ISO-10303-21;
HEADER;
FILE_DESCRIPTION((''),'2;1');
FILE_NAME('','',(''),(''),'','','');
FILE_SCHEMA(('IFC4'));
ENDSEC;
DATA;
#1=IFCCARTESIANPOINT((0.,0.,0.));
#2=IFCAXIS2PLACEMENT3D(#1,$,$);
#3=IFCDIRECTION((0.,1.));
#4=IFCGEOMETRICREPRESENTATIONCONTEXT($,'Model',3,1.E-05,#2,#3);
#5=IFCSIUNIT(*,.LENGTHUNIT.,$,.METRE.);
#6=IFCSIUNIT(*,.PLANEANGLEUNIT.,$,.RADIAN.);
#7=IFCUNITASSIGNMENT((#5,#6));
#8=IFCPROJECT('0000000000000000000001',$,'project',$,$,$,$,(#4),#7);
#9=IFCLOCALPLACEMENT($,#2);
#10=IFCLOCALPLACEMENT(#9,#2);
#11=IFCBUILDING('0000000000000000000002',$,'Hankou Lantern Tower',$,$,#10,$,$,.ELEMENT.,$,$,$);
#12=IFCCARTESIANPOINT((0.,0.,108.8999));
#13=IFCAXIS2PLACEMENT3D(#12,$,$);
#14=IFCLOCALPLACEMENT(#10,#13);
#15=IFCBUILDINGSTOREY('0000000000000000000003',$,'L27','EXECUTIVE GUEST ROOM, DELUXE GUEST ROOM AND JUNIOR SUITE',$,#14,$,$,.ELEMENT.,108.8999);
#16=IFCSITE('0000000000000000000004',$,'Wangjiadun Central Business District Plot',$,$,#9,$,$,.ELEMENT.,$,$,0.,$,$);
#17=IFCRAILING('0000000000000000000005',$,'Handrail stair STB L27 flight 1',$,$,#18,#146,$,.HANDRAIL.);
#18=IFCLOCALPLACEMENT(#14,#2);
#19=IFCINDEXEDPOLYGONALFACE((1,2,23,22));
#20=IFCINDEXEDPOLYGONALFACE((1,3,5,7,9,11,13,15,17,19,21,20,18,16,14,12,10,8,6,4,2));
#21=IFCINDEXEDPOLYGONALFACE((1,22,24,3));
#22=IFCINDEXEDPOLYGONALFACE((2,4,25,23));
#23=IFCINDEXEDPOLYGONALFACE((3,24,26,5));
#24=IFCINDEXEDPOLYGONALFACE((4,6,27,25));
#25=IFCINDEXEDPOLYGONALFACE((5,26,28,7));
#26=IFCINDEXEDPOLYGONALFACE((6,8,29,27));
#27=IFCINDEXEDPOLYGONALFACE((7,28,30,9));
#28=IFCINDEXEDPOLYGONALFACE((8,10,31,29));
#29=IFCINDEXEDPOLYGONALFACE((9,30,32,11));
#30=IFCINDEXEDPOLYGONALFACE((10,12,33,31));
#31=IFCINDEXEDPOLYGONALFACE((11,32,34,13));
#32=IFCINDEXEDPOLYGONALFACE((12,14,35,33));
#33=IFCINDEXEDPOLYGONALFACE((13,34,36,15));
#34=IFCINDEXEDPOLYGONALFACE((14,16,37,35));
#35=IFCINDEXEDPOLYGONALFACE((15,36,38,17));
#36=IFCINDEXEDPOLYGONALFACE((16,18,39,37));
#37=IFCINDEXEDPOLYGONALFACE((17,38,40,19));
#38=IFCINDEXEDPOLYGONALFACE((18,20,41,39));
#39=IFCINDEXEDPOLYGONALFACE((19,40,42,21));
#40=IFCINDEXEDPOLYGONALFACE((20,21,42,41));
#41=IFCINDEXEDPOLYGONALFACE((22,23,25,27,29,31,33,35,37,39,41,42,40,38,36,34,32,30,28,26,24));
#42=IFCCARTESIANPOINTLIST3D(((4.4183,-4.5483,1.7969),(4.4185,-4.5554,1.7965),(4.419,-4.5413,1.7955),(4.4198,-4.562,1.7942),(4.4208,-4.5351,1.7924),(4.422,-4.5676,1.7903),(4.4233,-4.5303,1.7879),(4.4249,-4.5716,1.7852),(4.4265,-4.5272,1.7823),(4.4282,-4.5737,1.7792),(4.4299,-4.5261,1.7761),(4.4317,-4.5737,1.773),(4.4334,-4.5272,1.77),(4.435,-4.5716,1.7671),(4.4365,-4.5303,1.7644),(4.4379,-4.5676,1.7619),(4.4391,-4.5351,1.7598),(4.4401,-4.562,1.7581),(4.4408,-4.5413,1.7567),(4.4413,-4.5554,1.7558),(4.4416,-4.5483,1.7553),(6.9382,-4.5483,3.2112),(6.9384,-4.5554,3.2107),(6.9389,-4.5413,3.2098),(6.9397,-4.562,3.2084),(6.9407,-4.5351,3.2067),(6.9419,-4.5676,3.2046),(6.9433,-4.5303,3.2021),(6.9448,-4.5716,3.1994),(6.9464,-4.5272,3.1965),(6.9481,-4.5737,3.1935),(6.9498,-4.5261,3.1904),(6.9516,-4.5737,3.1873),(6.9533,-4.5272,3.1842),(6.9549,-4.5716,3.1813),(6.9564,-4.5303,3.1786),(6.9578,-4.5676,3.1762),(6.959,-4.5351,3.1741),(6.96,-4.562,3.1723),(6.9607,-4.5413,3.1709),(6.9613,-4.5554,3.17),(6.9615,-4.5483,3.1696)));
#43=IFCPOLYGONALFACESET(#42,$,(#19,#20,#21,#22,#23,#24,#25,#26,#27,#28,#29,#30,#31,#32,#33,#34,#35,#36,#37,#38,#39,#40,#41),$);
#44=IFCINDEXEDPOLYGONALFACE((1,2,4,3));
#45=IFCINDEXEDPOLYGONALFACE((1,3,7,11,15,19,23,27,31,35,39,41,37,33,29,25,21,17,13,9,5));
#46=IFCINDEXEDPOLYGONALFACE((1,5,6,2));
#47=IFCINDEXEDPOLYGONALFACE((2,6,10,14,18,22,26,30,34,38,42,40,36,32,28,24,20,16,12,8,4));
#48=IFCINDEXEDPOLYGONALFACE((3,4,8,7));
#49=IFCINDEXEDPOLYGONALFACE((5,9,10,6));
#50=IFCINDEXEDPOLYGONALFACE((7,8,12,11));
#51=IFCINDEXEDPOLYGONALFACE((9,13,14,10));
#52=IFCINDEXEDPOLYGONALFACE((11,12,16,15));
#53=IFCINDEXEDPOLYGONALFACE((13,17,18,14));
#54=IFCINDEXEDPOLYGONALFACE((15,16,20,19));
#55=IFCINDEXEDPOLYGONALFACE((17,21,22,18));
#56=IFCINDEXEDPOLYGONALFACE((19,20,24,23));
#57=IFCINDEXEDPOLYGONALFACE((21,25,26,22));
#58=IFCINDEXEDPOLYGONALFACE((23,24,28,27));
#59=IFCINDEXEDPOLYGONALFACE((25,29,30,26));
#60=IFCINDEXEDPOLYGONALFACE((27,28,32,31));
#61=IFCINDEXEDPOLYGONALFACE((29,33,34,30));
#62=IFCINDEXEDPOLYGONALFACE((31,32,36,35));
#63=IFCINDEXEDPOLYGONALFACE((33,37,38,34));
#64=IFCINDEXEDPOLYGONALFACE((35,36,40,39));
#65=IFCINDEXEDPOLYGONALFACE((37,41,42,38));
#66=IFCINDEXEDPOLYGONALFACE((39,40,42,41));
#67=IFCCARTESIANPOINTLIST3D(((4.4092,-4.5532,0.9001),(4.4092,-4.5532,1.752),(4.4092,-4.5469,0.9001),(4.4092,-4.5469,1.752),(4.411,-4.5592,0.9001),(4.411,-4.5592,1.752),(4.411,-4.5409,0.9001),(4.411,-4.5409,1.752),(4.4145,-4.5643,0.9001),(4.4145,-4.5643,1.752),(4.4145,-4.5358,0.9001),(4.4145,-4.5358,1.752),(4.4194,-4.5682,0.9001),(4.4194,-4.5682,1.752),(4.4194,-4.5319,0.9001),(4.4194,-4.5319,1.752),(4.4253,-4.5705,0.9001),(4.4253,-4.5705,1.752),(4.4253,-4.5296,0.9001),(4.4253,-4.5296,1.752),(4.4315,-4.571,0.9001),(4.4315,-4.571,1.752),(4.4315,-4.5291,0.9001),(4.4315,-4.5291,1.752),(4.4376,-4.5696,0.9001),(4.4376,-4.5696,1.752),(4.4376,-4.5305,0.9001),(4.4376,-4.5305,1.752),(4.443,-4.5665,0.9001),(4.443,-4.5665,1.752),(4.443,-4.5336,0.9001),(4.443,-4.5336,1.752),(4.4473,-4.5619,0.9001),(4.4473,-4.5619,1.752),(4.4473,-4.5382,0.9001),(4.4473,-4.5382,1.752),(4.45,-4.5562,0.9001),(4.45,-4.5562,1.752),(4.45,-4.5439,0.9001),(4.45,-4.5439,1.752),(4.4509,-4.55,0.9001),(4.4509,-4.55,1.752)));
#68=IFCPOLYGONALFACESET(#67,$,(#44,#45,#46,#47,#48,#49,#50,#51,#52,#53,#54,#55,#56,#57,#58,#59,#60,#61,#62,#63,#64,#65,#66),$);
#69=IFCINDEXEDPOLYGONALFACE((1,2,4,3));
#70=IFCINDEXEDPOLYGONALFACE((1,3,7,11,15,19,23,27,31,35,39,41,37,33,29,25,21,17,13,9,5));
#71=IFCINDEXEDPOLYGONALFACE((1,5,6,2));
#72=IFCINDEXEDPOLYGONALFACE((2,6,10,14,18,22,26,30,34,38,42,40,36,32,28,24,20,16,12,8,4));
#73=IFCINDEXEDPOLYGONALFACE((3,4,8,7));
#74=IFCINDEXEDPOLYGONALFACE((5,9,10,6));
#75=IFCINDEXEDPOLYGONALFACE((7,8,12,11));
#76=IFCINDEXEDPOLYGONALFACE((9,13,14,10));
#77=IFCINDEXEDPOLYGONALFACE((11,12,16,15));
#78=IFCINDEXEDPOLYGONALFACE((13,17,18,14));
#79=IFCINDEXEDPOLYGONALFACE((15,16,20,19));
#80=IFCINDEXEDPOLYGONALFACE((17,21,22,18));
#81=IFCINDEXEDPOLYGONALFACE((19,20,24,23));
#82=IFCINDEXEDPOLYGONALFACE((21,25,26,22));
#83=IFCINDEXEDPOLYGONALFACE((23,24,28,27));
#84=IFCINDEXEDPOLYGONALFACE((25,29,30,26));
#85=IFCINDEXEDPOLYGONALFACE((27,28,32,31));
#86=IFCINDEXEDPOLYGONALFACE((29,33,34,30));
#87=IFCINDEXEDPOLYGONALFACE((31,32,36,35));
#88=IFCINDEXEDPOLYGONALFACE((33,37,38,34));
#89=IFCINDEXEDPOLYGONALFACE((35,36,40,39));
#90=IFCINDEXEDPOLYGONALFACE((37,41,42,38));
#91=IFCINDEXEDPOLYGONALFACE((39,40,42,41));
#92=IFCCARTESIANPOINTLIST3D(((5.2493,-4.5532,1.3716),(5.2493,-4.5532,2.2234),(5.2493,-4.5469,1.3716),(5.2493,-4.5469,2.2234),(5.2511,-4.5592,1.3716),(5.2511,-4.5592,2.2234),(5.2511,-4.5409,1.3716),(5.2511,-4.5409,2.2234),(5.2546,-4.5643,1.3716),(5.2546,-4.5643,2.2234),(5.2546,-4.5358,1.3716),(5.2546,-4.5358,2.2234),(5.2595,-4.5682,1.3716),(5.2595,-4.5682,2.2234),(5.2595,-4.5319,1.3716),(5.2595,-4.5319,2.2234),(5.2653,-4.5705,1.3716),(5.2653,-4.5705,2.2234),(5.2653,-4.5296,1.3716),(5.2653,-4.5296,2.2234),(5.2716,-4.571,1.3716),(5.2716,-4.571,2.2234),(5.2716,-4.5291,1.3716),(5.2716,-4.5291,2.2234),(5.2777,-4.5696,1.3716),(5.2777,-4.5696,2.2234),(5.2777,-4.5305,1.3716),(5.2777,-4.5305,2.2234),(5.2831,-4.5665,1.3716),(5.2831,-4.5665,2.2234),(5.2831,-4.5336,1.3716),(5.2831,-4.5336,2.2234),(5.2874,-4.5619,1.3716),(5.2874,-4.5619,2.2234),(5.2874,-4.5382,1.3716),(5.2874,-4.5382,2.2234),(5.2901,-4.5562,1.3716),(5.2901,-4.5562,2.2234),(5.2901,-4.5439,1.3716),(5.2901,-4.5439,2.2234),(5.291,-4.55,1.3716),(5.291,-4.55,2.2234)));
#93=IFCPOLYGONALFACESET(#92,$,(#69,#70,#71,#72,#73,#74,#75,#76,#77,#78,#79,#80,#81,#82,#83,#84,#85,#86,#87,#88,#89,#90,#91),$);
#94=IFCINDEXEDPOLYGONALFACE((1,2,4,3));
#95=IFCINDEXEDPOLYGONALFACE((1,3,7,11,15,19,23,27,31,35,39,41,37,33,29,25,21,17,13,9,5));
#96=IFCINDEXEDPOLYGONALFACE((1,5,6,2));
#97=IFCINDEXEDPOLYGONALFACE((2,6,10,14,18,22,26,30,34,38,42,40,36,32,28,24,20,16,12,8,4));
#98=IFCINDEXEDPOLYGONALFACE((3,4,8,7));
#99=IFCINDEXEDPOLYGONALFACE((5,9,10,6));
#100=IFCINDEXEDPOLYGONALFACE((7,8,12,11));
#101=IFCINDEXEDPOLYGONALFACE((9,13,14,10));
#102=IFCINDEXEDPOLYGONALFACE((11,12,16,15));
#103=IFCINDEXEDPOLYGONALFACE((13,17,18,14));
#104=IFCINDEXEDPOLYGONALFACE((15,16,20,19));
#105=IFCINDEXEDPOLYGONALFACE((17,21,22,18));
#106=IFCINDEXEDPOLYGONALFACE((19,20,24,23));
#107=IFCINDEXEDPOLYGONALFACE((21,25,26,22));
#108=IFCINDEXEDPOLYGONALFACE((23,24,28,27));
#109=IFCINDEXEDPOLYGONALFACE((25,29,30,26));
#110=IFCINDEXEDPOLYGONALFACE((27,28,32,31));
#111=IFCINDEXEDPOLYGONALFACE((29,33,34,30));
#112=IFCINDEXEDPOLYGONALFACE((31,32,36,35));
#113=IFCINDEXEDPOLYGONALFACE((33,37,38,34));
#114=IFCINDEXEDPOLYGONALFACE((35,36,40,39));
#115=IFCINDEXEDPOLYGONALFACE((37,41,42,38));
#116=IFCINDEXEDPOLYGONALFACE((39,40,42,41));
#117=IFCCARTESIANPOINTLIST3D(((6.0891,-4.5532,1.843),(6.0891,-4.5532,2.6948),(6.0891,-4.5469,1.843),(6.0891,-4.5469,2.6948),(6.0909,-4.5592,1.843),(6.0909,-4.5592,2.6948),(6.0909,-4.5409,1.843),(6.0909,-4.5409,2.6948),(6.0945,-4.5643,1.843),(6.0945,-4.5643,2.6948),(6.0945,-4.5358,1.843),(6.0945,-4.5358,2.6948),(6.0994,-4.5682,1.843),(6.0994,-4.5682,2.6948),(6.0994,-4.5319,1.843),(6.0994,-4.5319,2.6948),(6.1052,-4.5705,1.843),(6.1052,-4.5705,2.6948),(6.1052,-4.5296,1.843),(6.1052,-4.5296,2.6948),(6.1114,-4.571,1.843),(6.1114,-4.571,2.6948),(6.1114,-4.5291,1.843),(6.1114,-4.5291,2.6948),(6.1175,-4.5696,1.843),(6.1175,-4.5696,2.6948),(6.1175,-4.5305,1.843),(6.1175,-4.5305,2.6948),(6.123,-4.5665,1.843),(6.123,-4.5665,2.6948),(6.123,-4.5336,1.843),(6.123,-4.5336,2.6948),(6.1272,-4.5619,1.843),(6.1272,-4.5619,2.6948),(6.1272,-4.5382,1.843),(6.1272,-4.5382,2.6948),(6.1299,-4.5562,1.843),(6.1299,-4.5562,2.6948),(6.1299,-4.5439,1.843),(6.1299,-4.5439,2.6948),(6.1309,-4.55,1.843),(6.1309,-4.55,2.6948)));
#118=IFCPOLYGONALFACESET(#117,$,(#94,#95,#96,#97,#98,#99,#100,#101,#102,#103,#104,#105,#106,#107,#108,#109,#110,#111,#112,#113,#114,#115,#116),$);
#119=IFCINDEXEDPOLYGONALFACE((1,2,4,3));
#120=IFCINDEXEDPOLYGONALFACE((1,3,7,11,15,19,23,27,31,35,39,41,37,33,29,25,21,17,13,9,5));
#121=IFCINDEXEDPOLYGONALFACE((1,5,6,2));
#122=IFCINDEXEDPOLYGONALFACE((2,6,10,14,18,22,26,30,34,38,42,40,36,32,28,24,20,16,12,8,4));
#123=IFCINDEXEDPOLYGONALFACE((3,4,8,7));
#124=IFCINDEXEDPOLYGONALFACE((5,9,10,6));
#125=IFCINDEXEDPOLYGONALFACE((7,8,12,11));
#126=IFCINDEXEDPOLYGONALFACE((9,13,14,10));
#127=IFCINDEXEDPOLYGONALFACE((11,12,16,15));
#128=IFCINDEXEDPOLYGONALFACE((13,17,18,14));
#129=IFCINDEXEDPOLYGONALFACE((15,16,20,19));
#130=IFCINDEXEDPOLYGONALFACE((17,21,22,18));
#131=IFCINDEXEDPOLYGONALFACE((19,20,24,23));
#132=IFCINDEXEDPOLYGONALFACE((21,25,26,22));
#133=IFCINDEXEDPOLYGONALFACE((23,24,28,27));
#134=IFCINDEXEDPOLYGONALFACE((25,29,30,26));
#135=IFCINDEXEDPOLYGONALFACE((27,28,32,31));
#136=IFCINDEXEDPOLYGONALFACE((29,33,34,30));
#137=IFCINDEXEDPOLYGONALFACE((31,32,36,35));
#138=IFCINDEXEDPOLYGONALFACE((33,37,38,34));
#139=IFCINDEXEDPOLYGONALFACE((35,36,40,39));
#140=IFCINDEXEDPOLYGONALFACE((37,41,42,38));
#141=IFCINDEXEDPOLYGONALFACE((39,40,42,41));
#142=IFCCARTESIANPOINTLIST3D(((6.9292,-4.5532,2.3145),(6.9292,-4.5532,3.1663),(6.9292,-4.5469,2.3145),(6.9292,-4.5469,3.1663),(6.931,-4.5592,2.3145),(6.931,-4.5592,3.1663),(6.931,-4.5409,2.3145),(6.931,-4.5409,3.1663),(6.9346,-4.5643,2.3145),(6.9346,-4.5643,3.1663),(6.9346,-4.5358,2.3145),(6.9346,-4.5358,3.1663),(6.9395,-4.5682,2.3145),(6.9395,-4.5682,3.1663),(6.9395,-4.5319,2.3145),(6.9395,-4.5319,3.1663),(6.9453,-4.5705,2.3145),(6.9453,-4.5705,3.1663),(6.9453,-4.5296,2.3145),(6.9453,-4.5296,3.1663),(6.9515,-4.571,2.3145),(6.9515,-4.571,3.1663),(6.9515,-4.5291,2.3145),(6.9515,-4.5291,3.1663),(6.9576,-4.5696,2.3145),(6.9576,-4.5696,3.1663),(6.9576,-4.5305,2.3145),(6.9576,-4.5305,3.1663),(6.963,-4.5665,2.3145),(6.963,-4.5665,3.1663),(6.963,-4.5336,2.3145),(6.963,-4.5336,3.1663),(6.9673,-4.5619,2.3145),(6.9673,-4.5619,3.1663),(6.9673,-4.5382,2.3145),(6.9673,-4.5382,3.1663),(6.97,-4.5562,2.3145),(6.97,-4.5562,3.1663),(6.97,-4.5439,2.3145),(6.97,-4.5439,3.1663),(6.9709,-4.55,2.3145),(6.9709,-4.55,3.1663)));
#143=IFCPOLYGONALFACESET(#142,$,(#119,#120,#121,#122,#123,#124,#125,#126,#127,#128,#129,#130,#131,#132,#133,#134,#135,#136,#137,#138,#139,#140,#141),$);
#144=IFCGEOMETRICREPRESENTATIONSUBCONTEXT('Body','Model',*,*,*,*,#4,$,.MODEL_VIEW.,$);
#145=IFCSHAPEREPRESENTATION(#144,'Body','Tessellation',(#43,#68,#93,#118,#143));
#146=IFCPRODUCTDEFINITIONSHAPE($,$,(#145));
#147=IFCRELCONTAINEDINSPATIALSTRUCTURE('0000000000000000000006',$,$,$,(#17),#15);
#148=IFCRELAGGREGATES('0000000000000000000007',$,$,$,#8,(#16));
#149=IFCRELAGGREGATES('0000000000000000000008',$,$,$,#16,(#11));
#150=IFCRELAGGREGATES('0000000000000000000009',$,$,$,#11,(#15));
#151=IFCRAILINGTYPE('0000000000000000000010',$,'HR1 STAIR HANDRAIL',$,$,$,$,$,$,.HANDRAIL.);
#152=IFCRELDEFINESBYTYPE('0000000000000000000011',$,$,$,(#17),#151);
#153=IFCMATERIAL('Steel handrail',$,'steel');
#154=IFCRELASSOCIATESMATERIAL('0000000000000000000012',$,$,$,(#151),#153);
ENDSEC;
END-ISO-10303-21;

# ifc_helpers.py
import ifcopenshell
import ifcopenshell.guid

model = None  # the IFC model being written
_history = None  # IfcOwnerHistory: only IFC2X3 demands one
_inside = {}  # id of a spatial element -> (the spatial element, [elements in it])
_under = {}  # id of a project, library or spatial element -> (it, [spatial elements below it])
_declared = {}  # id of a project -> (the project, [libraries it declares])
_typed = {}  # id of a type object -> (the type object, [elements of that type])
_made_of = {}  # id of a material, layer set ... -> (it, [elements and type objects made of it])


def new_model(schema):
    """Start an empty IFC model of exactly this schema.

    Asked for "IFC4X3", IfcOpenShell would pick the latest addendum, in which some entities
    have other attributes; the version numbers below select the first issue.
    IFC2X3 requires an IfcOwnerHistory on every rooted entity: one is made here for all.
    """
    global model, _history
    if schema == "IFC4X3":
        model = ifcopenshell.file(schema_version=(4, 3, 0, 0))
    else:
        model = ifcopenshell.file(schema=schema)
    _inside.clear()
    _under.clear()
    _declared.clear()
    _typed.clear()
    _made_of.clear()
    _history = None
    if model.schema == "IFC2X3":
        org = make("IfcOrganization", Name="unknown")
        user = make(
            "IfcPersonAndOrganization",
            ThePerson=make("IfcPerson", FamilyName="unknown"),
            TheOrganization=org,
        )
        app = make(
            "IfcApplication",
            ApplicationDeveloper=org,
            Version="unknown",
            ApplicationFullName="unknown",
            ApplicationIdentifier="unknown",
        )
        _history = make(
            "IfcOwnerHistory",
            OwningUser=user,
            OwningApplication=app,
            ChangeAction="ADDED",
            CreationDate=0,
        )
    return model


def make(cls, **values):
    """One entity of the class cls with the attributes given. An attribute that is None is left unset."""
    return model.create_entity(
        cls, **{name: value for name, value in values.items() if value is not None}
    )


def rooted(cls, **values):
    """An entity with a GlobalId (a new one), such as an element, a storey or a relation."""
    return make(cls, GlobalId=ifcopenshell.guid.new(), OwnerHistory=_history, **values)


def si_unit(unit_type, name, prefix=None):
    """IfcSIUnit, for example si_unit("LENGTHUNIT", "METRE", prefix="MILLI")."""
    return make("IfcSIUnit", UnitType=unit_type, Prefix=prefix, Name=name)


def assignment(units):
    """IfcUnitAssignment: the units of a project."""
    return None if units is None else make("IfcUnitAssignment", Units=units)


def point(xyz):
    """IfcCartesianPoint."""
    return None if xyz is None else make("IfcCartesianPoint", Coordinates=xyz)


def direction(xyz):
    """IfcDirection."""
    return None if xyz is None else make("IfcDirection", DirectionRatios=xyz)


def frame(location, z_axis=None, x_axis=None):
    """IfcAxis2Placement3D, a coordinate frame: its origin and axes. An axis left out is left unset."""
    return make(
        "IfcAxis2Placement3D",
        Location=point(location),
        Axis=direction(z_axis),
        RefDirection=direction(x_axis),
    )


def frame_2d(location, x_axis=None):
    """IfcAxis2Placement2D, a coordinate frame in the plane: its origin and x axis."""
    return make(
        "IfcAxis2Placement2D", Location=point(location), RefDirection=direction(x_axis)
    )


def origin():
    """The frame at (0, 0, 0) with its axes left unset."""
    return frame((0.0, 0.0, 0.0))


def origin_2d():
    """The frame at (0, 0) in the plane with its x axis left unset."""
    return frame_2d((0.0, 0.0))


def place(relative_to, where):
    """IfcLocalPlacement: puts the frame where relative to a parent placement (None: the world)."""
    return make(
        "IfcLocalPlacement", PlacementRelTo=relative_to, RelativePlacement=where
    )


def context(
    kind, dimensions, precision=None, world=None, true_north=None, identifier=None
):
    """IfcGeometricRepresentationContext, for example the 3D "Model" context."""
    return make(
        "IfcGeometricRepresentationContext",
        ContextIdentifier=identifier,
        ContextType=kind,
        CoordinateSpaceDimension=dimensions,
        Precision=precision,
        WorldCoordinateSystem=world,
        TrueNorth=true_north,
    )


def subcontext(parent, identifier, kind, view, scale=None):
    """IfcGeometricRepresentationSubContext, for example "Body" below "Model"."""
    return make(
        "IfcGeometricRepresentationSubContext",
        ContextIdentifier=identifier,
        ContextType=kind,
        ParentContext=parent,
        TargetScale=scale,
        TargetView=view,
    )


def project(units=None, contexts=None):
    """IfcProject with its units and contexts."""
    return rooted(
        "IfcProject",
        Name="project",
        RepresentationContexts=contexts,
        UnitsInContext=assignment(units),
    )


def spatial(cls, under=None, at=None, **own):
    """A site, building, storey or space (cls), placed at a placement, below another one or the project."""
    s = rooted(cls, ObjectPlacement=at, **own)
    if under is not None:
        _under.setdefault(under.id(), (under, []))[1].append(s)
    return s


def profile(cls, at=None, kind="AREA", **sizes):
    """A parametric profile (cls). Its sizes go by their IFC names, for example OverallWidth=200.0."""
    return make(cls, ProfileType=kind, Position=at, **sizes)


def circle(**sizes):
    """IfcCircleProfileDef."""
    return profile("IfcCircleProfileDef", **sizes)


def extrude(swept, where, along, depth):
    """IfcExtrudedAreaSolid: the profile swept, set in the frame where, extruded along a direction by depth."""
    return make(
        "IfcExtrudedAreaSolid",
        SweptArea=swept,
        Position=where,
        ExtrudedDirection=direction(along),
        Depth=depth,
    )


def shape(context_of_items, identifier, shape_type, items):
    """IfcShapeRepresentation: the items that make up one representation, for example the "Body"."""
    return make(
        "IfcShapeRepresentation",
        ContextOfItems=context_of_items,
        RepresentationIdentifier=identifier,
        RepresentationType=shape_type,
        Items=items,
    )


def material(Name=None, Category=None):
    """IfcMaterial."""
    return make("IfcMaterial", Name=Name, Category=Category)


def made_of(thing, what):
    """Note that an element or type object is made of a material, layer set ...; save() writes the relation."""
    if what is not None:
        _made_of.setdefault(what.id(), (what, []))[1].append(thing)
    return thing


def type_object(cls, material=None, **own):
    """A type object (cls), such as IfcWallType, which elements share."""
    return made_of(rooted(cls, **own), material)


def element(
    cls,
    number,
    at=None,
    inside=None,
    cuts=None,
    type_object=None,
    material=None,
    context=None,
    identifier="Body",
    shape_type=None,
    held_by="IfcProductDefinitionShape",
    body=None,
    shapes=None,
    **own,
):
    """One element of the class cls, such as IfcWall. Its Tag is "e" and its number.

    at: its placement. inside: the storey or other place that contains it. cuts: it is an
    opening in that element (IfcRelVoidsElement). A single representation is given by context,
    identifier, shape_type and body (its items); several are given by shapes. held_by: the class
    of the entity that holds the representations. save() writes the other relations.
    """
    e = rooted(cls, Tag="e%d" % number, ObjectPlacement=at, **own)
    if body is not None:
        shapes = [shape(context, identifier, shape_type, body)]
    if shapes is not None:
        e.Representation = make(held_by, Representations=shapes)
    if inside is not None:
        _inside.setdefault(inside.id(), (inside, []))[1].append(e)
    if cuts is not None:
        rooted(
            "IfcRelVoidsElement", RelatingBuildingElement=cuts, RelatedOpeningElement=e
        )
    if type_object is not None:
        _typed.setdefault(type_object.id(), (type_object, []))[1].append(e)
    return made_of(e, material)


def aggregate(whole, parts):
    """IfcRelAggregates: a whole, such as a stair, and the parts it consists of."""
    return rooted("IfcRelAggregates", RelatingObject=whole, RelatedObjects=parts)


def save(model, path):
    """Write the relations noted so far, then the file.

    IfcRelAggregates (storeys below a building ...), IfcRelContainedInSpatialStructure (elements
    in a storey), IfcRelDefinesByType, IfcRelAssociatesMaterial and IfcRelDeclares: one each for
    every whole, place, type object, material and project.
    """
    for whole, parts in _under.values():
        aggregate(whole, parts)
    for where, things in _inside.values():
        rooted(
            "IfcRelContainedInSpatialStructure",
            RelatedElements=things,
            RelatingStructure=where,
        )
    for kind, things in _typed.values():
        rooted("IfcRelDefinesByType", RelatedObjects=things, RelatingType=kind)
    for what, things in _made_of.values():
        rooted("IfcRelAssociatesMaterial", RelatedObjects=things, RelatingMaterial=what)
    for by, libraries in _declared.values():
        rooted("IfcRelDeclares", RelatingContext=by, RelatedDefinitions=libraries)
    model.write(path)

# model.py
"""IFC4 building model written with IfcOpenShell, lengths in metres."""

from ifc_helpers import new_model, si_unit, direction, frame, origin, origin_2d, place, context, subcontext, project, spatial, circle, extrude, material, type_object, element, save


model = new_model("IFC4")

# Units and contexts
model_context = context("Model", 3, precision=1e-05, world=origin(), true_north=direction((0.0, 1.0)))
body_context = subcontext(model_context, "Body", "Model", "MODEL_VIEW")
ifc_project = project(units=[si_unit("LENGTHUNIT", "METRE"), si_unit("PLANEANGLEUNIT", "RADIAN")], contexts=[model_context])

# Site, building, storey
site_placement = place(None, origin())
site = spatial("IfcSite", under=ifc_project, at=site_placement, Name="Wangjiadun Central Business District Plot", CompositionType="ELEMENT", RefElevation=0.0)
building_placement = place(site_placement, origin())
building = spatial("IfcBuilding", under=site, at=building_placement, Name="Hankou Lantern Tower", CompositionType="ELEMENT")
storey_placement = place(building_placement, frame((0.0, 0.0, 108.8999)))
storey = spatial("IfcBuildingStorey", under=building, at=storey_placement, Name="L27", Description="EXECUTIVE GUEST ROOM, DELUXE GUEST ROOM AND JUNIOR SUITE", CompositionType="ELEMENT", Elevation=108.8999)

# Railing
ifc_material_1 = material(Name="Steel handrail", Category="steel")
railing_type = type_object("IfcRailingType", Name="HR1 STAIR HANDRAIL", PredefinedType="HANDRAIL", material=ifc_material_1)
railing_1_placement = place(storey_placement, frame((4.4299, -4.55, 0.9001)))
element("IfcRailing", 1, at=railing_1_placement, inside=storey, type_object=railing_type, Name="Handrail stair STB L27 flight 1", PredefinedType="HANDRAIL", context=body_context, shape_type="SweptSolid", body=[
    extrude(circle(Radius=0.0239, at=origin_2d()), frame((0.0, 0.0, 0.876), z_axis=(0.872049, 0.0, 0.489419), x_axis=(0.0, 1.0, 0.0)), (0.0, 0.0, 1.0), 2.8896),
    extrude(circle(Radius=0.021, at=origin_2d()), origin(), (0.0, 0.0, 1.0), 0.8518),
    extrude(circle(Radius=0.021, at=origin_2d()), frame((0.8401, 0.0, 0.4714)), (0.0, 0.0, 1.0), 0.8518),
    extrude(circle(Radius=0.021, at=origin_2d()), frame((1.6799, 0.0, 0.9429)), (0.0, 0.0, 1.0), 0.8518),
    extrude(circle(Radius=0.021, at=origin_2d()), frame((2.52, 0.0, 1.4143)), (0.0, 0.0, 1.0), 0.8518),
])

save(model, "model.ifc")
